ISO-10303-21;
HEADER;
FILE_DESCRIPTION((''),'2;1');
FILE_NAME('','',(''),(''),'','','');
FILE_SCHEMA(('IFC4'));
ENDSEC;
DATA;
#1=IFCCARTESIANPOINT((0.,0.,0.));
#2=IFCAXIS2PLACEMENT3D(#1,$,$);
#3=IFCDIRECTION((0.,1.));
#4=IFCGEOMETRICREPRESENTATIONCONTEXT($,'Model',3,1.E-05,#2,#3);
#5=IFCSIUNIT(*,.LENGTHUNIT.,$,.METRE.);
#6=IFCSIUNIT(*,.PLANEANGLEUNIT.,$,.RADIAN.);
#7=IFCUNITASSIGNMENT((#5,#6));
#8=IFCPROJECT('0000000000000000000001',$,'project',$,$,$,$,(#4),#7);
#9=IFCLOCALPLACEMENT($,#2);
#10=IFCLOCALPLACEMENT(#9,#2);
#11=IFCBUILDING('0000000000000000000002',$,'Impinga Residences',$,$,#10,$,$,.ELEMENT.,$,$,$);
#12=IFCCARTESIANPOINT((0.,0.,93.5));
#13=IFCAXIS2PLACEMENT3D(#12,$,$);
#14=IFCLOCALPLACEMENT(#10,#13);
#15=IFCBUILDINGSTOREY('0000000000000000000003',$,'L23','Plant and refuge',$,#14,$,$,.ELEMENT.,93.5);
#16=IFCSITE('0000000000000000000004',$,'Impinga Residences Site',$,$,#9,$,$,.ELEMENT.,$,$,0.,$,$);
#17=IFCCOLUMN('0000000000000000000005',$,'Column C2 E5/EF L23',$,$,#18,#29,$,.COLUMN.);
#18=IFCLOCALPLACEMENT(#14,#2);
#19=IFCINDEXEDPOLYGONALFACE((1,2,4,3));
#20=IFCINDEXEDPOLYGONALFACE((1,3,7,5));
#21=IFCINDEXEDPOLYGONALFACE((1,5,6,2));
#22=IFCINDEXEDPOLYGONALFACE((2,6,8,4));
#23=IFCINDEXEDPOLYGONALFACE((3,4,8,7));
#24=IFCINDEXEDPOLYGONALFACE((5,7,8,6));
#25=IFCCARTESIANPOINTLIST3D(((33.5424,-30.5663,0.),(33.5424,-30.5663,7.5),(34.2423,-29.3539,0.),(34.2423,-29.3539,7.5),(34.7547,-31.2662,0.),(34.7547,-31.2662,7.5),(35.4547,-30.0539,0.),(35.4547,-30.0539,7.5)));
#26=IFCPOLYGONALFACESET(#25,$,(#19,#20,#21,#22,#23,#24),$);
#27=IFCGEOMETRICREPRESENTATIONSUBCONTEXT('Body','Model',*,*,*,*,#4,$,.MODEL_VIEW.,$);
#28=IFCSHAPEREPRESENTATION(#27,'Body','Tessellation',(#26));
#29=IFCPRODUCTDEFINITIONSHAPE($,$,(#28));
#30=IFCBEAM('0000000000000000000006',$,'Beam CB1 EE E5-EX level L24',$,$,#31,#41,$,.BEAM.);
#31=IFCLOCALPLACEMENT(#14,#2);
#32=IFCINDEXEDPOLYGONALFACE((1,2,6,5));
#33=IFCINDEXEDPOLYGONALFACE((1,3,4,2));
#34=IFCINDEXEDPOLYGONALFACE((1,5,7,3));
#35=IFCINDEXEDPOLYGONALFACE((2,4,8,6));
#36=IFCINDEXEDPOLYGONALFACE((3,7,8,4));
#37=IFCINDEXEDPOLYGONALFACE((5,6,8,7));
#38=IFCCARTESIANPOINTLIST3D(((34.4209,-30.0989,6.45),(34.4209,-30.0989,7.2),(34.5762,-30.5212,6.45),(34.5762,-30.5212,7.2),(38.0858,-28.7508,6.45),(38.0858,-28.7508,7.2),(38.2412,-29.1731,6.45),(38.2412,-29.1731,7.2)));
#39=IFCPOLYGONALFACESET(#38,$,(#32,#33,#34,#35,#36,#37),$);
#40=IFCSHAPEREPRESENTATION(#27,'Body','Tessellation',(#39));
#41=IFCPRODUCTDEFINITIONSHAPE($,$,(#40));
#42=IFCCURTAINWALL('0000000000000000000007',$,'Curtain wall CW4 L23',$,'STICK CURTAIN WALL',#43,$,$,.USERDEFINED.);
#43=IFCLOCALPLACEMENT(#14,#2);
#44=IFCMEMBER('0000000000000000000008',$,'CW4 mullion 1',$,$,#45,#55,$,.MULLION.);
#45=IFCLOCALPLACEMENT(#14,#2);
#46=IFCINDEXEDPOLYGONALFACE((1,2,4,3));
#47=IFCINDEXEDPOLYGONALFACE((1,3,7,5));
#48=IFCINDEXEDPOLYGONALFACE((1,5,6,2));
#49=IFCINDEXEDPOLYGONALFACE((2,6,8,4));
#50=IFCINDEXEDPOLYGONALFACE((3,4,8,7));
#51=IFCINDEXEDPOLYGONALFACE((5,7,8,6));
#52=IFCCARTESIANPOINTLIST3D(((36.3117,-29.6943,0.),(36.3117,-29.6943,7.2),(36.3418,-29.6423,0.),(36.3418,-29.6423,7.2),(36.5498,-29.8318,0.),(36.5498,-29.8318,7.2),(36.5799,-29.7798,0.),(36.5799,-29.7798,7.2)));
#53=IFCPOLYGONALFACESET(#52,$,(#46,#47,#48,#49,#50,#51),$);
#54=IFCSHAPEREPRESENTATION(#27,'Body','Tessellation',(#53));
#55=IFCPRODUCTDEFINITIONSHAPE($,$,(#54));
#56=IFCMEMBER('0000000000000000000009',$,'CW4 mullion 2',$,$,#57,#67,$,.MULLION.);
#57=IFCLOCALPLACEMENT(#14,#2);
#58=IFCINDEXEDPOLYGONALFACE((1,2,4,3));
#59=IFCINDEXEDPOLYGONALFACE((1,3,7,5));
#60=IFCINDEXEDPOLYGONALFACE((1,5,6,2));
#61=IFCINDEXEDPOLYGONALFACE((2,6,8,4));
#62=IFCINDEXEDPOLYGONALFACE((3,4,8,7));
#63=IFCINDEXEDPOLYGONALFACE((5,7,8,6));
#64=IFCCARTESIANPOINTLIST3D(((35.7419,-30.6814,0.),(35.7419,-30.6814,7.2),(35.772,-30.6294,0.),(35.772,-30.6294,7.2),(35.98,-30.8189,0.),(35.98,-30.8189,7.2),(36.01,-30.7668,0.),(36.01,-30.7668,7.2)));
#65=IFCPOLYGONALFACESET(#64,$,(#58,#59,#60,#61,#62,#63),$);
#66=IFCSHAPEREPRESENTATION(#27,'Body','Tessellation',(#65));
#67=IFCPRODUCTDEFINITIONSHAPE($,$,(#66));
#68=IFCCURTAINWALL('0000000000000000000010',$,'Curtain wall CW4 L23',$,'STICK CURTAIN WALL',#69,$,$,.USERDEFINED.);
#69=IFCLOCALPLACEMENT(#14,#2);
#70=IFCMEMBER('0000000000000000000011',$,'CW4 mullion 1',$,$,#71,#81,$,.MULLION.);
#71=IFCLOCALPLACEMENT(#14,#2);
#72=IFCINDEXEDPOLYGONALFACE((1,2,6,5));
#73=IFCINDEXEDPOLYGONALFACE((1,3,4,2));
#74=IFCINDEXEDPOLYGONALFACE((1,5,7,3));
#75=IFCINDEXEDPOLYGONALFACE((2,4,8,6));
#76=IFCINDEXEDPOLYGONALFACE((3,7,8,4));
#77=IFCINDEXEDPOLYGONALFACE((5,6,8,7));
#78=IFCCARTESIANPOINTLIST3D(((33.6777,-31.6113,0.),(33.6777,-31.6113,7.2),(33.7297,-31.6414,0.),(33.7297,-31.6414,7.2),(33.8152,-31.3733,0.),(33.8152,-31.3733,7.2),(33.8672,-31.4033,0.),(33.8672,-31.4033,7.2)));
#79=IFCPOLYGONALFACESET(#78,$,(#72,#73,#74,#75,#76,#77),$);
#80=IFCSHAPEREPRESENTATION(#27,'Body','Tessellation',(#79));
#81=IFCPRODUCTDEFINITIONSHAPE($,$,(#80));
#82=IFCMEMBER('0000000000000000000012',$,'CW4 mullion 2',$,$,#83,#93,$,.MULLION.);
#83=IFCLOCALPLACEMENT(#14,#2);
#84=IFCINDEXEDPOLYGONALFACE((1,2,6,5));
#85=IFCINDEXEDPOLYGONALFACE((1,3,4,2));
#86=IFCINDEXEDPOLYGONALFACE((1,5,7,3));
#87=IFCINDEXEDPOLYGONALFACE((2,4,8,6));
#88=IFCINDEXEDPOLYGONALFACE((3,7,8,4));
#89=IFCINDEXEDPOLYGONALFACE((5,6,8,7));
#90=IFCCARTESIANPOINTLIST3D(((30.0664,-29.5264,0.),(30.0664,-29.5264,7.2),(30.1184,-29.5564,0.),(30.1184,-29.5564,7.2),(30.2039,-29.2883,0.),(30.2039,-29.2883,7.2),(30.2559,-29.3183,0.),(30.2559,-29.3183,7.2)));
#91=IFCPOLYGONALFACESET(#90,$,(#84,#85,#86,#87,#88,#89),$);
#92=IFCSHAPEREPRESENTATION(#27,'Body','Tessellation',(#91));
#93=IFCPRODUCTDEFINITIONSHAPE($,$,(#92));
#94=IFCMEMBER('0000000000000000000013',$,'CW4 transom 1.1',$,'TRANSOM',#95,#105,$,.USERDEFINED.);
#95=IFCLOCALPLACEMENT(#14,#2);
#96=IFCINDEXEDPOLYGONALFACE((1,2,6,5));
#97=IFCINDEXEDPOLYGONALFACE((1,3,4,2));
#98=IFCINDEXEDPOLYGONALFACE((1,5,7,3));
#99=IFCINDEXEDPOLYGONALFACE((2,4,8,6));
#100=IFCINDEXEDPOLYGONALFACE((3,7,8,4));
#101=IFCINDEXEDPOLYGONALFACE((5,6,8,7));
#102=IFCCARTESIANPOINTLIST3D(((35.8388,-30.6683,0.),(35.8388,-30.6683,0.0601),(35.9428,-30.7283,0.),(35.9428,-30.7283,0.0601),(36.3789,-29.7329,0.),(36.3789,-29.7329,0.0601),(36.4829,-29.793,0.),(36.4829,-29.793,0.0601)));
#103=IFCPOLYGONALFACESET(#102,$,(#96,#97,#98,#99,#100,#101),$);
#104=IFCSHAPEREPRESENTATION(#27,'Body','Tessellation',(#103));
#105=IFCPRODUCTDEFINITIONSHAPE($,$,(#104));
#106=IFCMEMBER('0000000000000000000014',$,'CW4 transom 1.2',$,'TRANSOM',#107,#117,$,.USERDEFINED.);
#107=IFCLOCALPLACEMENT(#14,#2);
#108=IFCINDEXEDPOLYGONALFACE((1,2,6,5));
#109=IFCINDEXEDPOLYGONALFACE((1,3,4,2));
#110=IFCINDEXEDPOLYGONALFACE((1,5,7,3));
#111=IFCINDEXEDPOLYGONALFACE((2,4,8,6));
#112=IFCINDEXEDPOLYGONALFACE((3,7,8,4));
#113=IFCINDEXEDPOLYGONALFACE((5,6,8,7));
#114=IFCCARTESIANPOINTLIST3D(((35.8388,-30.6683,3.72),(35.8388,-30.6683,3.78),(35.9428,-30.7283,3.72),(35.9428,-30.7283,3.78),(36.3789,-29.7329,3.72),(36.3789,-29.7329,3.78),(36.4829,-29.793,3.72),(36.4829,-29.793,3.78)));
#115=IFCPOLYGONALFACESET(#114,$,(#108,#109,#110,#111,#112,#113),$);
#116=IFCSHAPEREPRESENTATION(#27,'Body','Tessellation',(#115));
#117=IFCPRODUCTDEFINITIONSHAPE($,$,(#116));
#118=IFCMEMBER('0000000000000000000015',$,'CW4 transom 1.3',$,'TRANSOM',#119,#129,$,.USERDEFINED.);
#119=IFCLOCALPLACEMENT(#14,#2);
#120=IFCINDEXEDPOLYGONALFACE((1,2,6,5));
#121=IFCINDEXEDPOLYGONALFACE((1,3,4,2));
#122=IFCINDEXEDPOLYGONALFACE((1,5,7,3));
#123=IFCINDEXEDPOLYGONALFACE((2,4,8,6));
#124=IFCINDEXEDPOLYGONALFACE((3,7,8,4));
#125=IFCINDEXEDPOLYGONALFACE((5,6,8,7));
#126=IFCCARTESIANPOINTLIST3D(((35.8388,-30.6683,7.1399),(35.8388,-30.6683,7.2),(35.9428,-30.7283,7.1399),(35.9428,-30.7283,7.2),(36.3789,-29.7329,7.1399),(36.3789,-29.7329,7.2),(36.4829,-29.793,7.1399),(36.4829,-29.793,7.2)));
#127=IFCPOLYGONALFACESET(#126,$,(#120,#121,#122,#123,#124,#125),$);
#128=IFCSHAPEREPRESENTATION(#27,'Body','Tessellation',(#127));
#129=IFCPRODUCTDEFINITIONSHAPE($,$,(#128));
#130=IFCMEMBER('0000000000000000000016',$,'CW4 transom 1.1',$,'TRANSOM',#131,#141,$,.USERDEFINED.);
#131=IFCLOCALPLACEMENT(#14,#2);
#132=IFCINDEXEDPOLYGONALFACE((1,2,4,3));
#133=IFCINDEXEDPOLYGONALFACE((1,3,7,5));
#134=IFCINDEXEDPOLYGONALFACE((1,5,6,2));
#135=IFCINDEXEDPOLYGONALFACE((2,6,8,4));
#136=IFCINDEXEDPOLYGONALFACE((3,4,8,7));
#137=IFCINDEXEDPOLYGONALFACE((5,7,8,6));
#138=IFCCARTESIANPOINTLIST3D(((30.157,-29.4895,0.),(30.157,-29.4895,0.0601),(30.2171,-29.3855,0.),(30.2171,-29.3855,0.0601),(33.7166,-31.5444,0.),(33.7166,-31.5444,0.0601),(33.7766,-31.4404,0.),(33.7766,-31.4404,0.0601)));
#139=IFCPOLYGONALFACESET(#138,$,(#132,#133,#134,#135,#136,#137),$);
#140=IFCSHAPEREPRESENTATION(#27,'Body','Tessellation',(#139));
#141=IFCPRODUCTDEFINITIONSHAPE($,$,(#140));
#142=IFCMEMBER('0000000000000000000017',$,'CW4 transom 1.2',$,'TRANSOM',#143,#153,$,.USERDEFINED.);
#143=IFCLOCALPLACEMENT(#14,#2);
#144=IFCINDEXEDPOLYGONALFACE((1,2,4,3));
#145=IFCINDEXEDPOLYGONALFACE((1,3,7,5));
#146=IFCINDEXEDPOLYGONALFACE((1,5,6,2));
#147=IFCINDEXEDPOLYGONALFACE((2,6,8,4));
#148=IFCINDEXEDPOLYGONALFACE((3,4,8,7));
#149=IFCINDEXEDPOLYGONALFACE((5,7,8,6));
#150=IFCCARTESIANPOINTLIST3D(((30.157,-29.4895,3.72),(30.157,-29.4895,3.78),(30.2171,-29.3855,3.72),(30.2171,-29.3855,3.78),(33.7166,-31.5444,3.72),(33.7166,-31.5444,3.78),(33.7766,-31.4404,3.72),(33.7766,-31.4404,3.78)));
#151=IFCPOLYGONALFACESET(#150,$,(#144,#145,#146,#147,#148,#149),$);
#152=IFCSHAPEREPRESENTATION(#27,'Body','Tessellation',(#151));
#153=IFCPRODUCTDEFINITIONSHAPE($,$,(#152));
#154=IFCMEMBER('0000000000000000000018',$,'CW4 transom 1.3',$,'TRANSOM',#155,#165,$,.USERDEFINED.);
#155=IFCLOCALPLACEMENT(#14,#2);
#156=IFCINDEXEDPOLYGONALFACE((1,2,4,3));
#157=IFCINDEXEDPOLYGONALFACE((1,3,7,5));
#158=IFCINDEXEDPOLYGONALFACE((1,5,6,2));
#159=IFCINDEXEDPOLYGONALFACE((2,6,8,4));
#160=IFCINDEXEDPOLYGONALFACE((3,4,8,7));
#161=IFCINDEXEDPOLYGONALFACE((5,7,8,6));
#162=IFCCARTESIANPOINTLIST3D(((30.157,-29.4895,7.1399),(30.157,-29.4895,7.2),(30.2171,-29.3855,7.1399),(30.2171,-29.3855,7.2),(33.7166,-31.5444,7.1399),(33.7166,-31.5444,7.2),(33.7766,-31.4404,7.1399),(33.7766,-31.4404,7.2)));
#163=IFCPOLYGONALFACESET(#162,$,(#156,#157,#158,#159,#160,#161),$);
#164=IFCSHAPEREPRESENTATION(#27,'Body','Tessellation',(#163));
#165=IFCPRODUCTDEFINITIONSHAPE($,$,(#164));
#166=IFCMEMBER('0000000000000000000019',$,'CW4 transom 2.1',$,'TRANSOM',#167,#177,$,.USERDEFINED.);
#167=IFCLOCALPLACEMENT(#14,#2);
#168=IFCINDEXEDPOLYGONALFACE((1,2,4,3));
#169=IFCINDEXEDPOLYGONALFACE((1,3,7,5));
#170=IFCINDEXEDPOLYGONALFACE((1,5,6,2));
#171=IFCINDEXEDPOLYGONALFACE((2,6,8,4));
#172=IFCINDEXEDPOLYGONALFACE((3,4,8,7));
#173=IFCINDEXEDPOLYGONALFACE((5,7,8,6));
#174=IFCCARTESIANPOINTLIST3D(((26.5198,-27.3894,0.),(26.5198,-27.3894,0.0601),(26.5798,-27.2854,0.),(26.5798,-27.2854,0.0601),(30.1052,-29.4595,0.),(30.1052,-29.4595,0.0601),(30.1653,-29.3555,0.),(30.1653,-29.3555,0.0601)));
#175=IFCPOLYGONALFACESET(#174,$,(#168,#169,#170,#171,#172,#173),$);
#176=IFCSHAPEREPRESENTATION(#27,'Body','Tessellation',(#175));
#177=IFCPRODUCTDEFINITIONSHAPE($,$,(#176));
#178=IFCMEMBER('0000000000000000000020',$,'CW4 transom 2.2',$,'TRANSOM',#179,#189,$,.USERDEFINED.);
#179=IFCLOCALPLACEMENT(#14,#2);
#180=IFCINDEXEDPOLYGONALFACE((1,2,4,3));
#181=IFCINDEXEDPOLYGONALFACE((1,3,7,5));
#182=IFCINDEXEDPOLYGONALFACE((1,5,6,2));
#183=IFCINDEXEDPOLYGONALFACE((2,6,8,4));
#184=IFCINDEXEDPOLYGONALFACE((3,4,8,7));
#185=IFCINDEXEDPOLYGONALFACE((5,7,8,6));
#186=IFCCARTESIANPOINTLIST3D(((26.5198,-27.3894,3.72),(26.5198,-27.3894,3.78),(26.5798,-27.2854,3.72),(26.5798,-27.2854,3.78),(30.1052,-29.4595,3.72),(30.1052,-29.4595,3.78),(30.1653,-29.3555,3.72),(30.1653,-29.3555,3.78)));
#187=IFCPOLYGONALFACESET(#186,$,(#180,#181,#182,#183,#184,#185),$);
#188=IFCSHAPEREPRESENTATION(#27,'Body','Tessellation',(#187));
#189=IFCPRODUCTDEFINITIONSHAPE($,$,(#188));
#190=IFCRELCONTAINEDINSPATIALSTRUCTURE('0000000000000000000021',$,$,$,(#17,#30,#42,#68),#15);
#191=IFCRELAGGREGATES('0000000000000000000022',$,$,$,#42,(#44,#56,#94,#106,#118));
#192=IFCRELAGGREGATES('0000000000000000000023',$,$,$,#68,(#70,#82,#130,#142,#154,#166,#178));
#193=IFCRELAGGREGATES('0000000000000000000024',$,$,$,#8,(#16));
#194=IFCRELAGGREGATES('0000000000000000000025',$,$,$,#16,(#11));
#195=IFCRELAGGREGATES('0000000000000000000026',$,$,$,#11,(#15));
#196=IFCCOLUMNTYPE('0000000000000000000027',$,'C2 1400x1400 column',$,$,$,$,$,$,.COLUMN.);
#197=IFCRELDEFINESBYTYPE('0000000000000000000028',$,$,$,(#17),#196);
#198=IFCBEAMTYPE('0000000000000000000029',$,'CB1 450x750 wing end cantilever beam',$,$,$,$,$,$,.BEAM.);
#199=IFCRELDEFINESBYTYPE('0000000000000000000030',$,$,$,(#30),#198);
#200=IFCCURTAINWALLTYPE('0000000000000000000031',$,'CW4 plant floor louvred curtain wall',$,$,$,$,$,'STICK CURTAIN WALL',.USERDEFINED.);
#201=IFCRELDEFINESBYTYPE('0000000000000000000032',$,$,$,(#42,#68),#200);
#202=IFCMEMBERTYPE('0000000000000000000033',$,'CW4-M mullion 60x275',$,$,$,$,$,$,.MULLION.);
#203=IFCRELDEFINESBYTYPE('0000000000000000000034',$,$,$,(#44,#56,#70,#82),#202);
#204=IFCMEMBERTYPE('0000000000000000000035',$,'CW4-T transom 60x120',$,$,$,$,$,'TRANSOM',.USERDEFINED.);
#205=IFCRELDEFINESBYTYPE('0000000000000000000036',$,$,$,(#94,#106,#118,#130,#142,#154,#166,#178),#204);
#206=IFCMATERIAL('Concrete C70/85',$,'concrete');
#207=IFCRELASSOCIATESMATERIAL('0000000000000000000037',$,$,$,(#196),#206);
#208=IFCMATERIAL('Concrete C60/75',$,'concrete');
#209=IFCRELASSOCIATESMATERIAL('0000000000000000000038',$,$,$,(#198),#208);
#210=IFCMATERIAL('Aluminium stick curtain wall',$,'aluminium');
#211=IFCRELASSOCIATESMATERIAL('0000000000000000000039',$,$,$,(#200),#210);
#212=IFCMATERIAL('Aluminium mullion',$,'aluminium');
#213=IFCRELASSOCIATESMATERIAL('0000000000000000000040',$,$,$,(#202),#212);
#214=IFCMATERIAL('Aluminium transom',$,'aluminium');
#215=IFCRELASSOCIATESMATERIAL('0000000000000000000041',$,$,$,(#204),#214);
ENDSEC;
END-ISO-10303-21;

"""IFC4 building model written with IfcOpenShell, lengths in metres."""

from ifc_helpers import new_model, si_unit, direction, frame, origin, origin_2d, place, context, subcontext, project, spatial, rectangle, extrude, material, material_profile, profile_set, type_object, element, aggregate, save


model = new_model("IFC4")

# Units and contexts
model_context = context("Model", 3, precision=1e-05, world=origin(), true_north=direction((0.0, 1.0)))
body_context = subcontext(model_context, "Body", "Model", "MODEL_VIEW")
ifc_project = project(units=[si_unit("LENGTHUNIT", "METRE"), si_unit("PLANEANGLEUNIT", "RADIAN")], contexts=[model_context])

# Site, building, storey
site_placement = place(None, origin())
site = spatial("IfcSite", under=ifc_project, at=site_placement, Name="Impinga Residences Site", CompositionType="ELEMENT", RefElevation=0.0)
building_placement = place(site_placement, origin())
building = spatial("IfcBuilding", under=site, at=building_placement, Name="Impinga Residences", CompositionType="ELEMENT")
storey_placement = place(building_placement, frame((0.0, 0.0, 93.5)))
storey = spatial("IfcBuildingStorey", under=building, at=storey_placement, Name="L23", Description="Plant and refuge", CompositionType="ELEMENT", Elevation=93.5)

# Column
ifc_material_1 = material(Name="Concrete C70/85", Category="concrete")
ifc_material_profile_1 = material_profile(ifc_material_1, rectangle(XDim=1.3999, YDim=1.3999, at=origin_2d()), Name="RC 1400x1400")
ifc_profile_set_1 = profile_set([ifc_material_profile_1], Name="Concrete C70/85")
column_type = type_object("IfcColumnType", Name="C2 1400x1400 column", PredefinedType="COLUMN", material=ifc_profile_set_1)
column_placement = place(storey_placement, frame((34.4985, -30.3101, 0.0), z_axis=(0.0, 0.0, 1.0), x_axis=(-0.5, -0.866025, 0.0)))
element("IfcColumn", 1, at=column_placement, inside=storey, type_object=column_type, Name="Column C2 E5/EF L23", PredefinedType="COLUMN", context=body_context, shape_type="SweptSolid", body=[
    extrude(rectangle(XDim=1.3999, YDim=1.3999, at=origin_2d()), origin(), (0.0, 0.0, 1.0), 7.5),
])

# Beam
ifc_material_2 = material(Name="Concrete C60/75", Category="concrete")
ifc_material_profile_2 = material_profile(ifc_material_2, rectangle(XDim=0.45, YDim=0.75, at=origin_2d()), Name="RC 450x750")
ifc_profile_set_2 = profile_set([ifc_material_profile_2], Name="Concrete C60/75")
beam_type = type_object("IfcBeamType", Name="CB1 450x750 wing end cantilever beam", PredefinedType="BEAM", material=ifc_profile_set_2)
beam_placement = place(storey_placement, frame((34.4985, -30.3101, 6.825), z_axis=(0.93852, 0.345224, 0.0), x_axis=(-0.345224, 0.93852, 0.0)))
element("IfcBeam", 2, at=beam_placement, inside=storey, type_object=beam_type, Name="Beam CB1 EE E5-EX level L24", PredefinedType="BEAM", context=body_context, shape_type="SweptSolid", body=[
    extrude(rectangle(XDim=0.45, YDim=0.75, at=origin_2d()), origin(), (0.0, 0.0, 1.0), 3.905),
])

# Curtain walls, members
ifc_material_3 = material(Name="Aluminium stick curtain wall", Category="aluminium")
curtain_wall_type = type_object("IfcCurtainWallType", Name="CW4 plant floor louvred curtain wall", ElementType="STICK CURTAIN WALL", PredefinedType="USERDEFINED", material=ifc_material_3)
curtain_wall_1_placement = place(storey_placement, origin())
curtain_wall_1 = element("IfcCurtainWall", 3, at=curtain_wall_1_placement, inside=storey, type_object=curtain_wall_type, Name="Curtain wall CW4 L23", ObjectType="STICK CURTAIN WALL", PredefinedType="USERDEFINED")
ifc_material_4 = material(Name="Aluminium mullion", Category="aluminium")
ifc_material_profile_3 = material_profile(ifc_material_4, rectangle(XDim=0.0601, YDim=0.2749, at=origin_2d()), Name="60x275 mullion")
ifc_profile_set_3 = profile_set([ifc_material_profile_3], Name="Aluminium mullion")
member_type_1 = type_object("IfcMemberType", Name="CW4-M mullion 60x275", PredefinedType="MULLION", material=ifc_profile_set_3)
member_1_placement = place(storey_placement, frame((36.4458, -29.7371, 0.0), z_axis=(0.0, 0.0, 1.0), x_axis=(-0.5, -0.866026, 0.0)))
member_1 = element("IfcMember", 4, at=member_1_placement, type_object=member_type_1, Name="CW4 mullion 1", PredefinedType="MULLION", context=body_context, shape_type="SweptSolid", body=[
    extrude(rectangle(XDim=0.0601, YDim=0.2749, at=origin_2d()), origin(), (0.0, 0.0, 1.0), 7.2),
])
member_2_placement = place(storey_placement, frame((35.876, -30.7241, 0.0), z_axis=(0.0, 0.0, 1.0), x_axis=(-0.5, -0.866026, 0.0)))
member_2 = element("IfcMember", 5, at=member_2_placement, type_object=member_type_1, Name="CW4 mullion 2", PredefinedType="MULLION", context=body_context, shape_type="SweptSolid", body=[
    extrude(rectangle(XDim=0.0601, YDim=0.2749, at=origin_2d()), origin(), (0.0, 0.0, 1.0), 7.2),
])
curtain_wall_2_placement = place(storey_placement, origin())
curtain_wall_2 = element("IfcCurtainWall", 6, at=curtain_wall_2_placement, inside=storey, type_object=curtain_wall_type, Name="Curtain wall CW4 L23", ObjectType="STICK CURTAIN WALL", PredefinedType="USERDEFINED")
member_3_placement = place(storey_placement, frame((33.7725, -31.5073, 0.0), z_axis=(0.0, 0.0, 1.0), x_axis=(-0.866025, 0.5, 0.0)))
member_3 = element("IfcMember", 7, at=member_3_placement, type_object=member_type_1, Name="CW4 mullion 1", PredefinedType="MULLION", context=body_context, shape_type="SweptSolid", body=[
    extrude(rectangle(XDim=0.0601, YDim=0.2749, at=origin_2d()), origin(), (0.0, 0.0, 1.0), 7.2),
])
member_4_placement = place(storey_placement, frame((30.1611, -29.4224, 0.0), z_axis=(0.0, 0.0, 1.0), x_axis=(-0.866025, 0.5, 0.0)))
member_4 = element("IfcMember", 8, at=member_4_placement, type_object=member_type_1, Name="CW4 mullion 2", PredefinedType="MULLION", context=body_context, shape_type="SweptSolid", body=[
    extrude(rectangle(XDim=0.0601, YDim=0.2749, at=origin_2d()), origin(), (0.0, 0.0, 1.0), 7.2),
])

# Members
ifc_material_5 = material(Name="Aluminium transom", Category="aluminium")
ifc_material_profile_4 = material_profile(ifc_material_5, rectangle(XDim=0.0601, YDim=0.1201, at=origin_2d()), Name="60x120 transom")
ifc_profile_set_4 = profile_set([ifc_material_profile_4], Name="Aluminium transom")
member_type_2 = type_object("IfcMemberType", Name="CW4-T transom 60x120", ElementType="TRANSOM", PredefinedType="USERDEFINED", material=ifc_profile_set_4)
member_5_placement = place(storey_placement, frame((36.4309, -29.7629, 0.03), z_axis=(-0.500029, -0.866009, 0.0), x_axis=(0.0, 0.0, 1.0)))
member_5 = element("IfcMember", 9, at=member_5_placement, type_object=member_type_2, Name="CW4 transom 1.1", ObjectType="TRANSOM", PredefinedType="USERDEFINED", context=body_context, shape_type="SweptSolid", body=[
    extrude(rectangle(XDim=0.0601, YDim=0.1201, at=origin_2d()), origin(), (0.0, 0.0, 1.0), 1.0801),
])
member_6_placement = place(storey_placement, frame((36.4309, -29.7629, 3.75), z_axis=(-0.500029, -0.866009, 0.0), x_axis=(0.0, 0.0, 1.0)))
member_6 = element("IfcMember", 10, at=member_6_placement, type_object=member_type_2, Name="CW4 transom 1.2", ObjectType="TRANSOM", PredefinedType="USERDEFINED", context=body_context, shape_type="SweptSolid", body=[
    extrude(rectangle(XDim=0.0601, YDim=0.1201, at=origin_2d()), origin(), (0.0, 0.0, 1.0), 1.0801),
])
member_7_placement = place(storey_placement, frame((36.4309, -29.7629, 7.1699), z_axis=(-0.500029, -0.866009, 0.0), x_axis=(0.0, 0.0, 1.0)))
member_7 = element("IfcMember", 11, at=member_7_placement, type_object=member_type_2, Name="CW4 transom 1.3", ObjectType="TRANSOM", PredefinedType="USERDEFINED", context=body_context, shape_type="SweptSolid", body=[
    extrude(rectangle(XDim=0.0601, YDim=0.1201, at=origin_2d()), origin(), (0.0, 0.0, 1.0), 1.0801),
])
member_8_placement = place(storey_placement, frame((33.7466, -31.4924, 0.03), z_axis=(-0.866045, 0.499966, 0.0), x_axis=(0.0, 0.0, 1.0)))
member_8 = element("IfcMember", 12, at=member_8_placement, type_object=member_type_2, Name="CW4 transom 1.1", ObjectType="TRANSOM", PredefinedType="USERDEFINED", context=body_context, shape_type="SweptSolid", body=[
    extrude(rectangle(XDim=0.0601, YDim=0.1201, at=origin_2d()), origin(), (0.0, 0.0, 1.0), 4.1101),
])
member_9_placement = place(storey_placement, frame((33.7466, -31.4924, 3.75), z_axis=(-0.866045, 0.499966, 0.0), x_axis=(0.0, 0.0, 1.0)))
member_9 = element("IfcMember", 13, at=member_9_placement, type_object=member_type_2, Name="CW4 transom 1.2", ObjectType="TRANSOM", PredefinedType="USERDEFINED", context=body_context, shape_type="SweptSolid", body=[
    extrude(rectangle(XDim=0.0601, YDim=0.1201, at=origin_2d()), origin(), (0.0, 0.0, 1.0), 4.1101),
])
member_10_placement = place(storey_placement, frame((33.7466, -31.4924, 7.1699), z_axis=(-0.866045, 0.499966, 0.0), x_axis=(0.0, 0.0, 1.0)))
member_10 = element("IfcMember", 14, at=member_10_placement, type_object=member_type_2, Name="CW4 transom 1.3", ObjectType="TRANSOM", PredefinedType="USERDEFINED", context=body_context, shape_type="SweptSolid", body=[
    extrude(rectangle(XDim=0.0601, YDim=0.1201, at=origin_2d()), origin(), (0.0, 0.0, 1.0), 4.1101),
])
member_11_placement = place(storey_placement, frame((30.1353, -29.4075, 0.03), z_axis=(-0.866025, 0.500002, 0.0), x_axis=(0.0, 0.0, 1.0)))
member_11 = element("IfcMember", 15, at=member_11_placement, type_object=member_type_2, Name="CW4 transom 2.1", ObjectType="TRANSOM", PredefinedType="USERDEFINED", context=body_context, shape_type="SweptSolid", body=[
    extrude(rectangle(XDim=0.0601, YDim=0.1201, at=origin_2d()), origin(), (0.0, 0.0, 1.0), 4.1401),
])
member_12_placement = place(storey_placement, frame((30.1353, -29.4075, 3.75), z_axis=(-0.866025, 0.500002, 0.0), x_axis=(0.0, 0.0, 1.0)))
member_12 = element("IfcMember", 16, at=member_12_placement, type_object=member_type_2, Name="CW4 transom 2.2", ObjectType="TRANSOM", PredefinedType="USERDEFINED", context=body_context, shape_type="SweptSolid", body=[
    extrude(rectangle(XDim=0.0601, YDim=0.1201, at=origin_2d()), origin(), (0.0, 0.0, 1.0), 4.1401),
])

aggregate(curtain_wall_1, [member_1, member_2, member_5, member_6, member_7])
aggregate(curtain_wall_2, [member_3, member_4, member_8, member_9, member_10, member_11, member_12])

save(model, "model.ifc")
